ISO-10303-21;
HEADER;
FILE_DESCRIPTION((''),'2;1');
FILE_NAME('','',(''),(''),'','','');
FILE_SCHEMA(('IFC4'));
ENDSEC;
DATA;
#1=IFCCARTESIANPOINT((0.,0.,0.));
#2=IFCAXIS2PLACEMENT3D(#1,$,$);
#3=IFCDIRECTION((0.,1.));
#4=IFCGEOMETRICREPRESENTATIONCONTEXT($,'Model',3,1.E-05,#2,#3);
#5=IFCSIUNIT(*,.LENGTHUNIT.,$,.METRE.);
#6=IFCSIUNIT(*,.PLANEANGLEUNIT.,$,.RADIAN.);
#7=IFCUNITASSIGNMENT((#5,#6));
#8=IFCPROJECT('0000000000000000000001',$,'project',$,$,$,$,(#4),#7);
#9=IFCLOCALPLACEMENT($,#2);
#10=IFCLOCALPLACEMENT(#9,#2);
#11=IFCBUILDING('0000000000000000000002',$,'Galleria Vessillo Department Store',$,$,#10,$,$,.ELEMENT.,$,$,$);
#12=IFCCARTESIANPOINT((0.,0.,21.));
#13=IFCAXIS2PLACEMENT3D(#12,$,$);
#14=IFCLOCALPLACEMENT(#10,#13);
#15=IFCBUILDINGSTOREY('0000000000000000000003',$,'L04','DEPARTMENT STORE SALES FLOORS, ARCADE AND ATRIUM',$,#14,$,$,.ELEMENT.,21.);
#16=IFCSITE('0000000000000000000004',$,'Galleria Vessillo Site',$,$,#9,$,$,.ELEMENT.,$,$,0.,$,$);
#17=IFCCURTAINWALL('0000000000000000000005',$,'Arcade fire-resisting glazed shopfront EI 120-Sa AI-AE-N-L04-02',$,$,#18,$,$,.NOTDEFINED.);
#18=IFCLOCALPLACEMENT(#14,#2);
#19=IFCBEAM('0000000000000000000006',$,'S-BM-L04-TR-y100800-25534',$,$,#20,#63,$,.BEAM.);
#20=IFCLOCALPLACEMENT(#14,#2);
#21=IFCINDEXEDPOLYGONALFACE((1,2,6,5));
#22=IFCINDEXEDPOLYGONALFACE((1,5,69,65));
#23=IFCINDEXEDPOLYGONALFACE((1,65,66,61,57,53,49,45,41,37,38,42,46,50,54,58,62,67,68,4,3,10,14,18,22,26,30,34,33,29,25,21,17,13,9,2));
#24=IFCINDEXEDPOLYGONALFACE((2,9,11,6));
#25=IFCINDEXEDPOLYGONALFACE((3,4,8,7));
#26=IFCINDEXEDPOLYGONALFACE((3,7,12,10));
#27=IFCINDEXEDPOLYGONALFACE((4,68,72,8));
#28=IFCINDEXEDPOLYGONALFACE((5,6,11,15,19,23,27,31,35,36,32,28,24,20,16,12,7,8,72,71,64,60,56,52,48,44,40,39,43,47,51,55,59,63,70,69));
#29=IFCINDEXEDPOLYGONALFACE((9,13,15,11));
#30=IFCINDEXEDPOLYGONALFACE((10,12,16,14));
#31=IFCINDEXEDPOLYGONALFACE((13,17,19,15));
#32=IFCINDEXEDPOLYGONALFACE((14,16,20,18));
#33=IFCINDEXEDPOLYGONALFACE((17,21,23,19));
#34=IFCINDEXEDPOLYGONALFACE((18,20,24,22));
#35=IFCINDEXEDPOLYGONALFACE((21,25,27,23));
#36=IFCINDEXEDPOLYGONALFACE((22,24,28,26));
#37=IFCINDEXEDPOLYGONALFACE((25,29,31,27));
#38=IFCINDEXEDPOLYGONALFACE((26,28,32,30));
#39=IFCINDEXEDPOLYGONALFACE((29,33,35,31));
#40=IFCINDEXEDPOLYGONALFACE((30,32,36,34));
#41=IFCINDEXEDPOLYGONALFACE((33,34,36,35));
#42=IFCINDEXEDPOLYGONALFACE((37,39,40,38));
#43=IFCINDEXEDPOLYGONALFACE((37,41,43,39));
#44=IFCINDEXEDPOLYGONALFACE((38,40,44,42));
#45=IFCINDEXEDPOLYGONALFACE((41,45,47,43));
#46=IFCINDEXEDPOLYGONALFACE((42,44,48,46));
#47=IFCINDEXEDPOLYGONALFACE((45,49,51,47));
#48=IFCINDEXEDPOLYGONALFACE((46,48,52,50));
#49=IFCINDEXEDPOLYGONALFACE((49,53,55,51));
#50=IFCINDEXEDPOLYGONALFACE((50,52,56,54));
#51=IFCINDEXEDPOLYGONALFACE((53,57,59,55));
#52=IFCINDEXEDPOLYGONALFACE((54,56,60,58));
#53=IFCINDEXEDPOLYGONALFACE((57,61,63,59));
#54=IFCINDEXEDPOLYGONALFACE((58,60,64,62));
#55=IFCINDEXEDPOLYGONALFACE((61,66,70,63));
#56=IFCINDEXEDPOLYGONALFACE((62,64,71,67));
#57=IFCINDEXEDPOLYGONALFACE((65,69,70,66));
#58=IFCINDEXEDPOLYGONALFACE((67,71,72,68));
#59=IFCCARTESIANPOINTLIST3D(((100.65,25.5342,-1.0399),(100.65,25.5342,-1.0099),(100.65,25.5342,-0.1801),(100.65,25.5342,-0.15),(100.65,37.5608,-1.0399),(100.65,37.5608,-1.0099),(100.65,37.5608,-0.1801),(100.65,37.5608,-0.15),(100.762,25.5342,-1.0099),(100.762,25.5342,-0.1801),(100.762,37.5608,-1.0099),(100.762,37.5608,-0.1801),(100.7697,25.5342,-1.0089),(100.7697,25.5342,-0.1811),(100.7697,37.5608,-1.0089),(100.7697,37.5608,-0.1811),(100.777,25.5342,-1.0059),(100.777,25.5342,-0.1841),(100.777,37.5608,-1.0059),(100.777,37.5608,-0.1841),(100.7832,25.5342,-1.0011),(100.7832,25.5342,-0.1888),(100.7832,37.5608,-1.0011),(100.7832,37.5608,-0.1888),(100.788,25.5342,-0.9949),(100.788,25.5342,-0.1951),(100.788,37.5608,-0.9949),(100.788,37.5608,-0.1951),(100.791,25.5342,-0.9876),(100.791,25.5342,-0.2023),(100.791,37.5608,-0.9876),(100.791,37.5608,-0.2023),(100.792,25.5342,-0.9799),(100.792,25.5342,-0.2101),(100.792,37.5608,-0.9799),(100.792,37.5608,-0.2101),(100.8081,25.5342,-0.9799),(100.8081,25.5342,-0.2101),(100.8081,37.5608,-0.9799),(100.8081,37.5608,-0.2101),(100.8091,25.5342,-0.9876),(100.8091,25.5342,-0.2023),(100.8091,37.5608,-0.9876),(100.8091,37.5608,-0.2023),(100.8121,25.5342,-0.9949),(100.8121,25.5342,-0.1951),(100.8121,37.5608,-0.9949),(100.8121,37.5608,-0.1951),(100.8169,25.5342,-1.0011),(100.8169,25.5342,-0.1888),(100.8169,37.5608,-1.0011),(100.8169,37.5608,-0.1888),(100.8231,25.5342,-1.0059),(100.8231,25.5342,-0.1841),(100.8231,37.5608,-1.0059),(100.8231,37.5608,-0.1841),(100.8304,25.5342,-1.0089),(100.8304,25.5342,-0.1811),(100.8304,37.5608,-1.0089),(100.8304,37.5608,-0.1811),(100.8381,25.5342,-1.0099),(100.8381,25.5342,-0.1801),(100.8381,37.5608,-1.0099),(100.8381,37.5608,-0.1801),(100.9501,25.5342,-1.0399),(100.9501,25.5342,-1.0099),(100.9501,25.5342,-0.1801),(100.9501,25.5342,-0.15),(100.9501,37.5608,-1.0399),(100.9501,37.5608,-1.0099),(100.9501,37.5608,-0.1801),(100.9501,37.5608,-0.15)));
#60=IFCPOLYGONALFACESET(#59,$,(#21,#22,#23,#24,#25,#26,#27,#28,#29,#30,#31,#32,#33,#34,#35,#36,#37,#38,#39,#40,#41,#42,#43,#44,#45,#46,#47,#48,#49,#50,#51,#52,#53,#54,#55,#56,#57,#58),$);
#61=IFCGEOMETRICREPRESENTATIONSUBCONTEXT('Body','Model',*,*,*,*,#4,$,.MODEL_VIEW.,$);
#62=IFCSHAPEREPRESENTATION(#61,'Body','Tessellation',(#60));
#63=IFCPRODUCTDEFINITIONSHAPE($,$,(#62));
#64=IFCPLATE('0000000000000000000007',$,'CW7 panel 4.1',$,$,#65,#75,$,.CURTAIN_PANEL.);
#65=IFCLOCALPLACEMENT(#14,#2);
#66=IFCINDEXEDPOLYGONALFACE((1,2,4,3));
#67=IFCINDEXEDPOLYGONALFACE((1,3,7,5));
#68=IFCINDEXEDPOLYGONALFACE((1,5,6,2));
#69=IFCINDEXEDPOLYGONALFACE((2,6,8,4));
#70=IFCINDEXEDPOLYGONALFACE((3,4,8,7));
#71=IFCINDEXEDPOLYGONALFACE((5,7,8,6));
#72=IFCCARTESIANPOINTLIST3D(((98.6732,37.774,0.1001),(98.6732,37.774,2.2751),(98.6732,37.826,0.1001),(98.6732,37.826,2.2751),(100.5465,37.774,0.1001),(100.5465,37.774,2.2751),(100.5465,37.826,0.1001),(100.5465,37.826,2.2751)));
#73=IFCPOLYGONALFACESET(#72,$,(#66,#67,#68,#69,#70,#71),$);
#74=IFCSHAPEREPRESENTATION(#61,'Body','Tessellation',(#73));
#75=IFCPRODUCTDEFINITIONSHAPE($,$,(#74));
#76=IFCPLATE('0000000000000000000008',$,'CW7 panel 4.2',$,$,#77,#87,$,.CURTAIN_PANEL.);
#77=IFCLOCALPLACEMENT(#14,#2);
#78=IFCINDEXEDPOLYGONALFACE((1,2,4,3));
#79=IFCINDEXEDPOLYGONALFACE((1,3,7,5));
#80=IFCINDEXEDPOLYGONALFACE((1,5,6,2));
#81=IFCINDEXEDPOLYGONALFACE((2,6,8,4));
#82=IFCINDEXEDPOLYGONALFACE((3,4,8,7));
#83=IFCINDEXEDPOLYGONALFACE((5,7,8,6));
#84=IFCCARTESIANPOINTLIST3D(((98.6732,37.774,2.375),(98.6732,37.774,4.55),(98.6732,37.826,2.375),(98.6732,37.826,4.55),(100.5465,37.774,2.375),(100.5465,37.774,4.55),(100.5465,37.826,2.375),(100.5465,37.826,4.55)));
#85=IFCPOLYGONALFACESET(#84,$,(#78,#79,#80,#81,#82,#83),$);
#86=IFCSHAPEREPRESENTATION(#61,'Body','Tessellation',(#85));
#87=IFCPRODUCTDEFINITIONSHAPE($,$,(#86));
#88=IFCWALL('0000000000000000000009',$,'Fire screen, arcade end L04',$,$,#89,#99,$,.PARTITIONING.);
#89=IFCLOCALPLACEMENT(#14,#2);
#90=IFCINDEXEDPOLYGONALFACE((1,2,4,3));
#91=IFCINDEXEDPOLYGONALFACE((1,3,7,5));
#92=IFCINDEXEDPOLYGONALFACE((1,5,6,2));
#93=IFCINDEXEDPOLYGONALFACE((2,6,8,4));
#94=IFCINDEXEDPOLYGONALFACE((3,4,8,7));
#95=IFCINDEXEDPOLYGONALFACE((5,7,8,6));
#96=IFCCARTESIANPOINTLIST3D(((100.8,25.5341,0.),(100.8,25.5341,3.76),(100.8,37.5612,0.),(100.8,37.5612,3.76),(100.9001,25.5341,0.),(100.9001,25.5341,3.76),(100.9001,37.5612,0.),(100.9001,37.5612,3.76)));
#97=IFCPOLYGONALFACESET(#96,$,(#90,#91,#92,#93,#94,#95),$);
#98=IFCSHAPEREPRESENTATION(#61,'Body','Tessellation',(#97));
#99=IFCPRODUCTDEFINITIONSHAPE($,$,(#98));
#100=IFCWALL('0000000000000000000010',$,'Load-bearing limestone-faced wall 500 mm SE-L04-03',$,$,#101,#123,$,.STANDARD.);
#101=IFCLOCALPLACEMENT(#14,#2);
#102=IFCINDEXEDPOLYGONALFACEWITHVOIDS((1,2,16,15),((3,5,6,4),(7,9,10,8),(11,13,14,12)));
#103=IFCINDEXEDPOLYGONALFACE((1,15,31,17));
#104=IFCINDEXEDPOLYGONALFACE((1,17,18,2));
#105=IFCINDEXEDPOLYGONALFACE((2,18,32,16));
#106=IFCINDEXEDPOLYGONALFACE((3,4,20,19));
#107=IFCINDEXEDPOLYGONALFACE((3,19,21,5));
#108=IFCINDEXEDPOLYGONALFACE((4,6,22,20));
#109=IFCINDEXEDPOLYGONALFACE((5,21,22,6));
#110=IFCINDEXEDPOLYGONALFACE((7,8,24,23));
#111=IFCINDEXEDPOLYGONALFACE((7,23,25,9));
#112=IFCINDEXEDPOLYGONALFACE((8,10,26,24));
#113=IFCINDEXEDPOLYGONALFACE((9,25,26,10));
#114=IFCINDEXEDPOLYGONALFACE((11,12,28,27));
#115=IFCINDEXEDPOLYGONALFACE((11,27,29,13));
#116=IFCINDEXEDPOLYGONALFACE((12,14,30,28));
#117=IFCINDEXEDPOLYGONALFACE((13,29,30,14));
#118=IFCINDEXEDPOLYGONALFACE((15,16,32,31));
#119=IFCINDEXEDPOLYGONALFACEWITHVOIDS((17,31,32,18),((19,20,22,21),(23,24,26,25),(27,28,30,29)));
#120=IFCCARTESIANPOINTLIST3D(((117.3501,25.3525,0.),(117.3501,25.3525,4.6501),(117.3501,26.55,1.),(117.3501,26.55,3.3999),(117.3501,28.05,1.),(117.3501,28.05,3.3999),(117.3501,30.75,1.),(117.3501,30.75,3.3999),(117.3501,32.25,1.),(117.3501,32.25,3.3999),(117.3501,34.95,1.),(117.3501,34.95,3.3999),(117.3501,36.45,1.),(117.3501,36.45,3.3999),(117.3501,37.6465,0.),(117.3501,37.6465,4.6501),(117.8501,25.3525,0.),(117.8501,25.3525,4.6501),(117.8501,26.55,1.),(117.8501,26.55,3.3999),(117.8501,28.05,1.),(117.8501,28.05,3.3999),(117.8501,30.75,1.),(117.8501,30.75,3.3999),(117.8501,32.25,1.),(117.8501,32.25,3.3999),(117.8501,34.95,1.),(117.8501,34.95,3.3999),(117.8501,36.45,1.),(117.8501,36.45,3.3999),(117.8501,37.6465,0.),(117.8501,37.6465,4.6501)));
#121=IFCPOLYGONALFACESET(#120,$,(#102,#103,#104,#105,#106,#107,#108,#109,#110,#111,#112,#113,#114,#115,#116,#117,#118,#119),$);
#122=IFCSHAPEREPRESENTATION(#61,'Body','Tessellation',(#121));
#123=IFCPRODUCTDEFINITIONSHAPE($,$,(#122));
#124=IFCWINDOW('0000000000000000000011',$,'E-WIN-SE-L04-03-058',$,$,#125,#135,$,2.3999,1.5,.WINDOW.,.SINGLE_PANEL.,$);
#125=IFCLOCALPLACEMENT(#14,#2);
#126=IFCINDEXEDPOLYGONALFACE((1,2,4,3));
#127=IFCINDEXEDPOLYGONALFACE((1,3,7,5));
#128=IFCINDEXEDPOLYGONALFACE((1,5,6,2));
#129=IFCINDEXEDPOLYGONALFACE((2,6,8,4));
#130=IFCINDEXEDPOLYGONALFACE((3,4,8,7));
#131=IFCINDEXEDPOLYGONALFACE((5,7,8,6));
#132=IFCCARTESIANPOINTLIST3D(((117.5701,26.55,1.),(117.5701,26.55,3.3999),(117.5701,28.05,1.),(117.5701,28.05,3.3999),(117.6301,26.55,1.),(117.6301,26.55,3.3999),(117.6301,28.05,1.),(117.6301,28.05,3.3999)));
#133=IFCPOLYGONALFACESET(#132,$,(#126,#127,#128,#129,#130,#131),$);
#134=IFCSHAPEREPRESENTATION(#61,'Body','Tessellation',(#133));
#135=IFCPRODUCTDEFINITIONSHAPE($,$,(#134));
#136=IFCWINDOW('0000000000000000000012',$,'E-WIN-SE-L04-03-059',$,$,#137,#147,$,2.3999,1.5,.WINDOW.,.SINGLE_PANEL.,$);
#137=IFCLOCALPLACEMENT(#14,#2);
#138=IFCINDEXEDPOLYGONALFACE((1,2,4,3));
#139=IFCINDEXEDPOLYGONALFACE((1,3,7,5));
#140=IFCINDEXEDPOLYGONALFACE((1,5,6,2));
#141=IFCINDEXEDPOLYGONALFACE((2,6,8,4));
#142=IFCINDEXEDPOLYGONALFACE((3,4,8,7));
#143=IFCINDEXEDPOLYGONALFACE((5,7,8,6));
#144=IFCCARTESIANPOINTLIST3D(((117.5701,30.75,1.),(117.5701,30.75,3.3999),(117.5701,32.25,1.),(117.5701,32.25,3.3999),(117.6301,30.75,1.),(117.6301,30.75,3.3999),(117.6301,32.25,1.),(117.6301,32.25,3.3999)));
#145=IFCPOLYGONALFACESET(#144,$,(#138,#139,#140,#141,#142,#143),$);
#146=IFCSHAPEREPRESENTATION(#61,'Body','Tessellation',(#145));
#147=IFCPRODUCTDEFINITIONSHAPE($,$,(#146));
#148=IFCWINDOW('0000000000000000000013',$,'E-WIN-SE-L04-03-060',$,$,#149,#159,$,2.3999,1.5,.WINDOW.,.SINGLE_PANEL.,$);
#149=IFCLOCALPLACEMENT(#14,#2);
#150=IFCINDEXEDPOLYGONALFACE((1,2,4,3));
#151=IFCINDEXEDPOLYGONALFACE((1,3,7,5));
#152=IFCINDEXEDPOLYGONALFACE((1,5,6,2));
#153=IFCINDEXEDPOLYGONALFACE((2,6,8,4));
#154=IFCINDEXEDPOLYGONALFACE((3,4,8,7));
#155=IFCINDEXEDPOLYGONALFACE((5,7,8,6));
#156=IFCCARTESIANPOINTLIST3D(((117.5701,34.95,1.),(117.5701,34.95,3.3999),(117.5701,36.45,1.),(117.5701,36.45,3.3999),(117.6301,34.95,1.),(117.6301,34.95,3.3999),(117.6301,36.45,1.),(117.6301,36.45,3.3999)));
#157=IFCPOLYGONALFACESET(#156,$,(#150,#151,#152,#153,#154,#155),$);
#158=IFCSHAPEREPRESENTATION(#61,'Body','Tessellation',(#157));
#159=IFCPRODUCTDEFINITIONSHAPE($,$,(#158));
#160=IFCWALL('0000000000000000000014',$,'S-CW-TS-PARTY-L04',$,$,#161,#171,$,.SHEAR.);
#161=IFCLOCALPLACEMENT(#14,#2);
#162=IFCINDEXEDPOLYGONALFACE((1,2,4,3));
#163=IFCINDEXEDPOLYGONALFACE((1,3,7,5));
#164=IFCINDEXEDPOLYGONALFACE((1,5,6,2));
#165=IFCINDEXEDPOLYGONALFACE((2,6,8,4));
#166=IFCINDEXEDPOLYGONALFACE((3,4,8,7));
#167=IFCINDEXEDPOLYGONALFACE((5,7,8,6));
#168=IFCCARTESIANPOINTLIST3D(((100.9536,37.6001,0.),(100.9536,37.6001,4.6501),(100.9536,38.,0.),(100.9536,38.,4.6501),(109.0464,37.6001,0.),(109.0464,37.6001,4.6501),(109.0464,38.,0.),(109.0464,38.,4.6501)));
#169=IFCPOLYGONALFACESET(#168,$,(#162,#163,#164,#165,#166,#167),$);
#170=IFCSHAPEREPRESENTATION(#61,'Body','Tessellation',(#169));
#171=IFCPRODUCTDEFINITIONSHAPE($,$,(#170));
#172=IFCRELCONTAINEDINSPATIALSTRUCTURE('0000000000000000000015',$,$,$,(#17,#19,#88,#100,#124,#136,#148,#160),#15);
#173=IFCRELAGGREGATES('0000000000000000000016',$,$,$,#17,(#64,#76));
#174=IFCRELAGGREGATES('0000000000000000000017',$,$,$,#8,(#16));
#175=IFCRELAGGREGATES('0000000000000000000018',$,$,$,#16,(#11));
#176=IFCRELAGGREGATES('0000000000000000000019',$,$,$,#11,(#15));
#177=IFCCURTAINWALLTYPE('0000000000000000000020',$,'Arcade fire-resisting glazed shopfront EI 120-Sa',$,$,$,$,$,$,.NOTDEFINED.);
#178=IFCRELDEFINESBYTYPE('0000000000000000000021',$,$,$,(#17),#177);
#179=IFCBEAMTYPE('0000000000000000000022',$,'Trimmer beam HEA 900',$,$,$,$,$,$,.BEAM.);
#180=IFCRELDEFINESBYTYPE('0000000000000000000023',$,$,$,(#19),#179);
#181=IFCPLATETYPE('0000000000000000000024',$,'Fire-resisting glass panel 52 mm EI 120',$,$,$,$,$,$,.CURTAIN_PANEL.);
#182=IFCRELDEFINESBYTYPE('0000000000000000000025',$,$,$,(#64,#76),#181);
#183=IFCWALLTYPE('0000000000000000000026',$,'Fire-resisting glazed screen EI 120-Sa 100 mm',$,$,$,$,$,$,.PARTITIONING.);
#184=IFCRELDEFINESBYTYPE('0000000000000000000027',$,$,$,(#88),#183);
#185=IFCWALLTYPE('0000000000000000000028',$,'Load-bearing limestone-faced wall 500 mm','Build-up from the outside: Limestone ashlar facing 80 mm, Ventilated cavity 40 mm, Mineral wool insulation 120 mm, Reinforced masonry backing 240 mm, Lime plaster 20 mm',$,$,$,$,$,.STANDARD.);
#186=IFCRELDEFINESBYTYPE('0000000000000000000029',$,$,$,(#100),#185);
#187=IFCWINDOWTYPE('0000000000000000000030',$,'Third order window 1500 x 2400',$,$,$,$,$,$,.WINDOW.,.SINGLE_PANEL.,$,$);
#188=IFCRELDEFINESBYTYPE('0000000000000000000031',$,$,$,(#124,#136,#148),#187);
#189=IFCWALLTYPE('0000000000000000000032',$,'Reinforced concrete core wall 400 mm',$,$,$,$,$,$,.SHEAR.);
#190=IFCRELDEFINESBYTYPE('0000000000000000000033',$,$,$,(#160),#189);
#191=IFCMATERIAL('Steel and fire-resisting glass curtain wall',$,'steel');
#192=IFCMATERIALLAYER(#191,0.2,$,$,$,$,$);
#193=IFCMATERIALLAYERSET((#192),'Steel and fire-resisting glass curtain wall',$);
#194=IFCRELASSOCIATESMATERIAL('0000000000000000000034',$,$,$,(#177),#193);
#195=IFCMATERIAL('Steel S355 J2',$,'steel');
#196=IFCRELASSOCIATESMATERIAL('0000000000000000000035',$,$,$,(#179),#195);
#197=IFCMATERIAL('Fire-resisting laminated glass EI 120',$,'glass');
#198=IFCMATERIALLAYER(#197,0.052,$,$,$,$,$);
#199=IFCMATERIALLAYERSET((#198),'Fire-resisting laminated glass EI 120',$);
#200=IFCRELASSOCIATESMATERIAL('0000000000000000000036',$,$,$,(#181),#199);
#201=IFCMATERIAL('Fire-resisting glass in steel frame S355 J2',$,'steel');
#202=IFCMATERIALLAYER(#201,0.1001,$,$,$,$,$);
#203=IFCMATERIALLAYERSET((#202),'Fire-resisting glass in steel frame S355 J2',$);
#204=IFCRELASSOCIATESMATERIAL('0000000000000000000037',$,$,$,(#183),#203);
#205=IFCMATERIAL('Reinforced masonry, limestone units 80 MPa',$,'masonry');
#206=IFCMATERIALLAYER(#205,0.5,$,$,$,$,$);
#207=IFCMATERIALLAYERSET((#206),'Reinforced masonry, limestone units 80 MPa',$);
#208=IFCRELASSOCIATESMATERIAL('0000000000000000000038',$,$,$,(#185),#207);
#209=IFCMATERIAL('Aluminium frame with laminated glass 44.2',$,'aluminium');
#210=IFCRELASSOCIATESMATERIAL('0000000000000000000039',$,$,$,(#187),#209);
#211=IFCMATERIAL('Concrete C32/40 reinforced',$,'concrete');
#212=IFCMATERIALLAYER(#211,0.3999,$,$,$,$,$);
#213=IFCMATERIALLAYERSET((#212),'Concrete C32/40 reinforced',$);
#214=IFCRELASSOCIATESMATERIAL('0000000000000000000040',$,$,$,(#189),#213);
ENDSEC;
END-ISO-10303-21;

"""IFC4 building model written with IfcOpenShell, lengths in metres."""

from ifc_helpers import new_model, si_unit, direction, frame, frame_2d, origin, origin_2d, place, context, subcontext, project, spatial, rectangle, i_section, extrude, material, layer, layer_set, material_profile, profile_set, type_object, element, fill, aggregate, save


model = new_model("IFC4")

# Units and contexts
model_context = context("Model", 3, precision=1e-05, world=origin(), true_north=direction((0.0, 1.0)))
body_context = subcontext(model_context, "Body", "Model", "MODEL_VIEW")
ifc_project = project(units=[si_unit("LENGTHUNIT", "METRE"), si_unit("PLANEANGLEUNIT", "RADIAN")], contexts=[model_context])

# Site, building, storey
site_placement = place(None, origin())
site = spatial("IfcSite", under=ifc_project, at=site_placement, Name="Galleria Vessillo Site", CompositionType="ELEMENT", RefElevation=0.0)
building_placement = place(site_placement, origin())
building = spatial("IfcBuilding", under=site, at=building_placement, Name="Galleria Vessillo Department Store", CompositionType="ELEMENT")
storey_placement = place(building_placement, frame((0.0, 0.0, 21.0)))
storey = spatial("IfcBuildingStorey", under=building, at=storey_placement, Name="L04", Description="DEPARTMENT STORE SALES FLOORS, ARCADE AND ATRIUM", CompositionType="ELEMENT", Elevation=21.0)

# Curtain wall
ifc_material_1 = material(Name="Steel and fire-resisting glass curtain wall", Category="steel")
ifc_layer_1 = layer(ifc_material_1, 0.2)
ifc_layer_set_1 = layer_set([ifc_layer_1], Name="Steel and fire-resisting glass curtain wall")
curtain_wall_type = type_object("IfcCurtainWallType", Name="Arcade fire-resisting glazed shopfront EI 120-Sa", PredefinedType="NOTDEFINED", material=ifc_layer_set_1)
curtain_wall_placement = place(storey_placement, origin())
curtain_wall = element("IfcCurtainWall", 1, at=curtain_wall_placement, inside=storey, type_object=curtain_wall_type, Name="Arcade fire-resisting glazed shopfront EI 120-Sa AI-AE-N-L04-02", PredefinedType="NOTDEFINED")

# Beam
ifc_material_2 = material(Name="Steel S355 J2", Category="steel")
ifc_material_profile_1 = material_profile(ifc_material_2, i_section(OverallWidth=0.3, OverallDepth=0.8899, WebThickness=0.0161, FlangeThickness=0.03, FilletRadius=0.03, at=origin_2d()), Name="HEA 900")
ifc_profile_set_1 = profile_set([ifc_material_profile_1], Name="Steel S355 J2")
beam_type_1 = type_object("IfcBeamType", Name="Trimmer beam HEA 900", PredefinedType="BEAM", material=ifc_profile_set_1)
beam_1_placement = place(storey_placement, frame((100.8, 25.5342, -0.595), z_axis=(0.0, 1.0, 0.0), x_axis=(-1.0, 0.0, 0.0)))
element("IfcBeam", 2, at=beam_1_placement, inside=storey, type_object=beam_type_1, Name="S-BM-L04-TR-y100800-25534", PredefinedType="BEAM", context=body_context, shape_type="SweptSolid", body=[
    extrude(i_section(OverallWidth=0.3, OverallDepth=0.8899, WebThickness=0.0161, FlangeThickness=0.03, FilletRadius=0.03, at=origin_2d()), origin(), (0.0, 0.0, 1.0), 12.0266),
])

# Plates
ifc_material_3 = material(Name="Fire-resisting laminated glass EI 120", Category="glass")
ifc_layer_2 = layer(ifc_material_3, 0.052)
ifc_layer_set_2 = layer_set([ifc_layer_2], Name="Fire-resisting laminated glass EI 120")
plate_type = type_object("IfcPlateType", Name="Fire-resisting glass panel 52 mm EI 120", PredefinedType="CURTAIN_PANEL", material=ifc_layer_set_2)
plate_1_placement = place(storey_placement, frame((99.6099, 37.8, 0.1001), z_axis=(0.0, 0.0, 1.0), x_axis=(1.0, 0.0, 0.0)))
plate_1 = element("IfcPlate", 3, at=plate_1_placement, type_object=plate_type, Name="CW7 panel 4.1", PredefinedType="CURTAIN_PANEL", context=body_context, shape_type="SweptSolid", body=[
    extrude(rectangle(XDim=1.8733, YDim=0.052, at=origin_2d()), origin(), (0.0, 0.0, 1.0), 2.175),
])
plate_2_placement = place(storey_placement, frame((99.6099, 37.8, 2.375), z_axis=(0.0, 0.0, 1.0), x_axis=(1.0, 0.0, 0.0)))
plate_2 = element("IfcPlate", 4, at=plate_2_placement, type_object=plate_type, Name="CW7 panel 4.2", PredefinedType="CURTAIN_PANEL", context=body_context, shape_type="SweptSolid", body=[
    extrude(rectangle(XDim=1.8733, YDim=0.052, at=origin_2d()), origin(), (0.0, 0.0, 1.0), 2.175),
])
aggregate(curtain_wall, [plate_1, plate_2])

# Wall
ifc_material_4 = material(Name="Fire-resisting glass in steel frame S355 J2", Category="steel")
ifc_layer_3 = layer(ifc_material_4, 0.1001)
ifc_layer_set_3 = layer_set([ifc_layer_3], Name="Fire-resisting glass in steel frame S355 J2")
wall_type_1 = type_object("IfcWallType", Name="Fire-resisting glazed screen EI 120-Sa 100 mm", PredefinedType="PARTITIONING", material=ifc_layer_set_3)
wall_1_placement = place(storey_placement, frame((100.8501, 25.5339, 0.0), z_axis=(0.0, 0.0, 1.0), x_axis=(0.0, 1.0, 0.0)))
element("IfcWall", 5, at=wall_1_placement, inside=storey, type_object=wall_type_1, Name="Fire screen, arcade end L04", PredefinedType="PARTITIONING", context=body_context, shape_type="SweptSolid", body=[
    extrude(rectangle(XDim=12.0271, YDim=0.1001, at=frame_2d((6.0137, 0.0))), origin(), (0.0, 0.0, 1.0), 3.76),
])

# Wall, openings, windows
ifc_material_5 = material(Name="Reinforced masonry, limestone units 80 MPa", Category="masonry")
ifc_layer_4 = layer(ifc_material_5, 0.5)
ifc_layer_set_4 = layer_set([ifc_layer_4], Name="Reinforced masonry, limestone units 80 MPa")
wall_type_2 = type_object("IfcWallType", Name="Load-bearing limestone-faced wall 500 mm", Description="Build-up from the outside: Limestone ashlar facing 80 mm, Ventilated cavity 40 mm, Mineral wool insulation 120 mm, Reinforced masonry backing 240 mm, Lime plaster 20 mm", PredefinedType="STANDARD", material=ifc_layer_set_4)
wall_2_placement = place(storey_placement, frame((117.6001, 25.3525, 0.0), z_axis=(0.0, 0.0, 1.0), x_axis=(0.0, 1.0, 0.0)))
wall_2 = element("IfcWall", 6, at=wall_2_placement, inside=storey, type_object=wall_type_2, Name="Load-bearing limestone-faced wall 500 mm SE-L04-03", PredefinedType="STANDARD", context=body_context, shape_type="SweptSolid", body=[
    extrude(rectangle(XDim=12.2939, YDim=0.5, at=frame_2d((6.147, 0.0))), origin(), (0.0, 0.0, 1.0), 4.6501),
])
opening_1_placement = place(wall_2_placement, frame((1.1975, 0.0, 1.0)))
opening_1 = element("IfcOpeningElement", 7, at=opening_1_placement, cuts=wall_2, PredefinedType="OPENING", context=body_context, shape_type="SweptSolid", body=[
    extrude(rectangle(XDim=1.5, YDim=2.3999, at=frame_2d((0.75, 1.2))), frame((0.0, 0.26, 0.0), z_axis=(0.0, -1.0, 0.0), x_axis=(1.0, 0.0, 0.0)), (0.0, 0.0, 1.0), 0.52),
])
opening_2_placement = place(wall_2_placement, frame((5.3975, 0.0, 1.0)))
opening_2 = element("IfcOpeningElement", 8, at=opening_2_placement, cuts=wall_2, PredefinedType="OPENING", context=body_context, shape_type="SweptSolid", body=[
    extrude(rectangle(XDim=1.5, YDim=2.3999, at=frame_2d((0.75, 1.2))), frame((0.0, 0.26, 0.0), z_axis=(0.0, -1.0, 0.0), x_axis=(1.0, 0.0, 0.0)), (0.0, 0.0, 1.0), 0.52),
])
opening_3_placement = place(wall_2_placement, frame((9.5974, 0.0, 1.0)))
opening_3 = element("IfcOpeningElement", 9, at=opening_3_placement, cuts=wall_2, PredefinedType="OPENING", context=body_context, shape_type="SweptSolid", body=[
    extrude(rectangle(XDim=1.5, YDim=2.3999, at=frame_2d((0.75, 1.2))), frame((0.0, 0.26, 0.0), z_axis=(0.0, -1.0, 0.0), x_axis=(1.0, 0.0, 0.0)), (0.0, 0.0, 1.0), 0.52),
])
ifc_material_6 = material(Name="Aluminium frame with laminated glass 44.2", Category="aluminium")
window_type = type_object("IfcWindowType", Name="Third order window 1500 x 2400", PartitioningType="SINGLE_PANEL", PredefinedType="WINDOW", material=ifc_material_6)
window_1_placement = place(opening_1_placement, origin())
window_1 = element("IfcWindow", 10, at=window_1_placement, inside=storey, type_object=window_type, Name="E-WIN-SE-L04-03-058", OverallHeight=2.3999, OverallWidth=1.5, PartitioningType="SINGLE_PANEL", PredefinedType="WINDOW", context=body_context, shape_type="SweptSolid", body=[
    extrude(rectangle(XDim=1.5, YDim=2.3999, at=frame_2d((0.75, 1.2))), frame((0.0, 0.03, 0.0), z_axis=(0.0, -1.0, 0.0), x_axis=(1.0, 0.0, 0.0)), (0.0, 0.0, 1.0), 0.0601),
])
fill(opening_1, window_1)
window_2_placement = place(opening_2_placement, origin())
window_2 = element("IfcWindow", 11, at=window_2_placement, inside=storey, type_object=window_type, Name="E-WIN-SE-L04-03-059", OverallHeight=2.3999, OverallWidth=1.5, PartitioningType="SINGLE_PANEL", PredefinedType="WINDOW", context=body_context, shape_type="SweptSolid", body=[
    extrude(rectangle(XDim=1.5, YDim=2.3999, at=frame_2d((0.75, 1.2))), frame((0.0, 0.03, 0.0), z_axis=(0.0, -1.0, 0.0), x_axis=(1.0, 0.0, 0.0)), (0.0, 0.0, 1.0), 0.0601),
])
fill(opening_2, window_2)
window_3_placement = place(opening_3_placement, origin())
window_3 = element("IfcWindow", 12, at=window_3_placement, inside=storey, type_object=window_type, Name="E-WIN-SE-L04-03-060", OverallHeight=2.3999, OverallWidth=1.5, PartitioningType="SINGLE_PANEL", PredefinedType="WINDOW", context=body_context, shape_type="SweptSolid", body=[
    extrude(rectangle(XDim=1.5, YDim=2.3999, at=frame_2d((0.75, 1.2))), frame((0.0, 0.03, 0.0), z_axis=(0.0, -1.0, 0.0), x_axis=(1.0, 0.0, 0.0)), (0.0, 0.0, 1.0), 0.0601),
])
fill(opening_3, window_3)

# Wall
ifc_material_7 = material(Name="Concrete C32/40 reinforced", Category="concrete")
ifc_layer_5 = layer(ifc_material_7, 0.3999)
ifc_layer_set_5 = layer_set([ifc_layer_5], Name="Concrete C32/40 reinforced")
wall_type_3 = type_object("IfcWallType", Name="Reinforced concrete core wall 400 mm", PredefinedType="SHEAR", material=ifc_layer_set_5)
wall_3_placement = place(storey_placement, frame((100.9536, 37.8, 0.0), z_axis=(0.0, 0.0, 1.0), x_axis=(1.0, 0.0, 0.0)))
element("IfcWall", 13, at=wall_3_placement, inside=storey, type_object=wall_type_3, Name="S-CW-TS-PARTY-L04", PredefinedType="SHEAR", context=body_context, shape_type="SweptSolid", body=[
    extrude(rectangle(XDim=8.0928, YDim=0.3999, at=frame_2d((4.0464, 0.0))), origin(), (0.0, 0.0, 1.0), 4.6501),
])

save(model, "model.ifc")
